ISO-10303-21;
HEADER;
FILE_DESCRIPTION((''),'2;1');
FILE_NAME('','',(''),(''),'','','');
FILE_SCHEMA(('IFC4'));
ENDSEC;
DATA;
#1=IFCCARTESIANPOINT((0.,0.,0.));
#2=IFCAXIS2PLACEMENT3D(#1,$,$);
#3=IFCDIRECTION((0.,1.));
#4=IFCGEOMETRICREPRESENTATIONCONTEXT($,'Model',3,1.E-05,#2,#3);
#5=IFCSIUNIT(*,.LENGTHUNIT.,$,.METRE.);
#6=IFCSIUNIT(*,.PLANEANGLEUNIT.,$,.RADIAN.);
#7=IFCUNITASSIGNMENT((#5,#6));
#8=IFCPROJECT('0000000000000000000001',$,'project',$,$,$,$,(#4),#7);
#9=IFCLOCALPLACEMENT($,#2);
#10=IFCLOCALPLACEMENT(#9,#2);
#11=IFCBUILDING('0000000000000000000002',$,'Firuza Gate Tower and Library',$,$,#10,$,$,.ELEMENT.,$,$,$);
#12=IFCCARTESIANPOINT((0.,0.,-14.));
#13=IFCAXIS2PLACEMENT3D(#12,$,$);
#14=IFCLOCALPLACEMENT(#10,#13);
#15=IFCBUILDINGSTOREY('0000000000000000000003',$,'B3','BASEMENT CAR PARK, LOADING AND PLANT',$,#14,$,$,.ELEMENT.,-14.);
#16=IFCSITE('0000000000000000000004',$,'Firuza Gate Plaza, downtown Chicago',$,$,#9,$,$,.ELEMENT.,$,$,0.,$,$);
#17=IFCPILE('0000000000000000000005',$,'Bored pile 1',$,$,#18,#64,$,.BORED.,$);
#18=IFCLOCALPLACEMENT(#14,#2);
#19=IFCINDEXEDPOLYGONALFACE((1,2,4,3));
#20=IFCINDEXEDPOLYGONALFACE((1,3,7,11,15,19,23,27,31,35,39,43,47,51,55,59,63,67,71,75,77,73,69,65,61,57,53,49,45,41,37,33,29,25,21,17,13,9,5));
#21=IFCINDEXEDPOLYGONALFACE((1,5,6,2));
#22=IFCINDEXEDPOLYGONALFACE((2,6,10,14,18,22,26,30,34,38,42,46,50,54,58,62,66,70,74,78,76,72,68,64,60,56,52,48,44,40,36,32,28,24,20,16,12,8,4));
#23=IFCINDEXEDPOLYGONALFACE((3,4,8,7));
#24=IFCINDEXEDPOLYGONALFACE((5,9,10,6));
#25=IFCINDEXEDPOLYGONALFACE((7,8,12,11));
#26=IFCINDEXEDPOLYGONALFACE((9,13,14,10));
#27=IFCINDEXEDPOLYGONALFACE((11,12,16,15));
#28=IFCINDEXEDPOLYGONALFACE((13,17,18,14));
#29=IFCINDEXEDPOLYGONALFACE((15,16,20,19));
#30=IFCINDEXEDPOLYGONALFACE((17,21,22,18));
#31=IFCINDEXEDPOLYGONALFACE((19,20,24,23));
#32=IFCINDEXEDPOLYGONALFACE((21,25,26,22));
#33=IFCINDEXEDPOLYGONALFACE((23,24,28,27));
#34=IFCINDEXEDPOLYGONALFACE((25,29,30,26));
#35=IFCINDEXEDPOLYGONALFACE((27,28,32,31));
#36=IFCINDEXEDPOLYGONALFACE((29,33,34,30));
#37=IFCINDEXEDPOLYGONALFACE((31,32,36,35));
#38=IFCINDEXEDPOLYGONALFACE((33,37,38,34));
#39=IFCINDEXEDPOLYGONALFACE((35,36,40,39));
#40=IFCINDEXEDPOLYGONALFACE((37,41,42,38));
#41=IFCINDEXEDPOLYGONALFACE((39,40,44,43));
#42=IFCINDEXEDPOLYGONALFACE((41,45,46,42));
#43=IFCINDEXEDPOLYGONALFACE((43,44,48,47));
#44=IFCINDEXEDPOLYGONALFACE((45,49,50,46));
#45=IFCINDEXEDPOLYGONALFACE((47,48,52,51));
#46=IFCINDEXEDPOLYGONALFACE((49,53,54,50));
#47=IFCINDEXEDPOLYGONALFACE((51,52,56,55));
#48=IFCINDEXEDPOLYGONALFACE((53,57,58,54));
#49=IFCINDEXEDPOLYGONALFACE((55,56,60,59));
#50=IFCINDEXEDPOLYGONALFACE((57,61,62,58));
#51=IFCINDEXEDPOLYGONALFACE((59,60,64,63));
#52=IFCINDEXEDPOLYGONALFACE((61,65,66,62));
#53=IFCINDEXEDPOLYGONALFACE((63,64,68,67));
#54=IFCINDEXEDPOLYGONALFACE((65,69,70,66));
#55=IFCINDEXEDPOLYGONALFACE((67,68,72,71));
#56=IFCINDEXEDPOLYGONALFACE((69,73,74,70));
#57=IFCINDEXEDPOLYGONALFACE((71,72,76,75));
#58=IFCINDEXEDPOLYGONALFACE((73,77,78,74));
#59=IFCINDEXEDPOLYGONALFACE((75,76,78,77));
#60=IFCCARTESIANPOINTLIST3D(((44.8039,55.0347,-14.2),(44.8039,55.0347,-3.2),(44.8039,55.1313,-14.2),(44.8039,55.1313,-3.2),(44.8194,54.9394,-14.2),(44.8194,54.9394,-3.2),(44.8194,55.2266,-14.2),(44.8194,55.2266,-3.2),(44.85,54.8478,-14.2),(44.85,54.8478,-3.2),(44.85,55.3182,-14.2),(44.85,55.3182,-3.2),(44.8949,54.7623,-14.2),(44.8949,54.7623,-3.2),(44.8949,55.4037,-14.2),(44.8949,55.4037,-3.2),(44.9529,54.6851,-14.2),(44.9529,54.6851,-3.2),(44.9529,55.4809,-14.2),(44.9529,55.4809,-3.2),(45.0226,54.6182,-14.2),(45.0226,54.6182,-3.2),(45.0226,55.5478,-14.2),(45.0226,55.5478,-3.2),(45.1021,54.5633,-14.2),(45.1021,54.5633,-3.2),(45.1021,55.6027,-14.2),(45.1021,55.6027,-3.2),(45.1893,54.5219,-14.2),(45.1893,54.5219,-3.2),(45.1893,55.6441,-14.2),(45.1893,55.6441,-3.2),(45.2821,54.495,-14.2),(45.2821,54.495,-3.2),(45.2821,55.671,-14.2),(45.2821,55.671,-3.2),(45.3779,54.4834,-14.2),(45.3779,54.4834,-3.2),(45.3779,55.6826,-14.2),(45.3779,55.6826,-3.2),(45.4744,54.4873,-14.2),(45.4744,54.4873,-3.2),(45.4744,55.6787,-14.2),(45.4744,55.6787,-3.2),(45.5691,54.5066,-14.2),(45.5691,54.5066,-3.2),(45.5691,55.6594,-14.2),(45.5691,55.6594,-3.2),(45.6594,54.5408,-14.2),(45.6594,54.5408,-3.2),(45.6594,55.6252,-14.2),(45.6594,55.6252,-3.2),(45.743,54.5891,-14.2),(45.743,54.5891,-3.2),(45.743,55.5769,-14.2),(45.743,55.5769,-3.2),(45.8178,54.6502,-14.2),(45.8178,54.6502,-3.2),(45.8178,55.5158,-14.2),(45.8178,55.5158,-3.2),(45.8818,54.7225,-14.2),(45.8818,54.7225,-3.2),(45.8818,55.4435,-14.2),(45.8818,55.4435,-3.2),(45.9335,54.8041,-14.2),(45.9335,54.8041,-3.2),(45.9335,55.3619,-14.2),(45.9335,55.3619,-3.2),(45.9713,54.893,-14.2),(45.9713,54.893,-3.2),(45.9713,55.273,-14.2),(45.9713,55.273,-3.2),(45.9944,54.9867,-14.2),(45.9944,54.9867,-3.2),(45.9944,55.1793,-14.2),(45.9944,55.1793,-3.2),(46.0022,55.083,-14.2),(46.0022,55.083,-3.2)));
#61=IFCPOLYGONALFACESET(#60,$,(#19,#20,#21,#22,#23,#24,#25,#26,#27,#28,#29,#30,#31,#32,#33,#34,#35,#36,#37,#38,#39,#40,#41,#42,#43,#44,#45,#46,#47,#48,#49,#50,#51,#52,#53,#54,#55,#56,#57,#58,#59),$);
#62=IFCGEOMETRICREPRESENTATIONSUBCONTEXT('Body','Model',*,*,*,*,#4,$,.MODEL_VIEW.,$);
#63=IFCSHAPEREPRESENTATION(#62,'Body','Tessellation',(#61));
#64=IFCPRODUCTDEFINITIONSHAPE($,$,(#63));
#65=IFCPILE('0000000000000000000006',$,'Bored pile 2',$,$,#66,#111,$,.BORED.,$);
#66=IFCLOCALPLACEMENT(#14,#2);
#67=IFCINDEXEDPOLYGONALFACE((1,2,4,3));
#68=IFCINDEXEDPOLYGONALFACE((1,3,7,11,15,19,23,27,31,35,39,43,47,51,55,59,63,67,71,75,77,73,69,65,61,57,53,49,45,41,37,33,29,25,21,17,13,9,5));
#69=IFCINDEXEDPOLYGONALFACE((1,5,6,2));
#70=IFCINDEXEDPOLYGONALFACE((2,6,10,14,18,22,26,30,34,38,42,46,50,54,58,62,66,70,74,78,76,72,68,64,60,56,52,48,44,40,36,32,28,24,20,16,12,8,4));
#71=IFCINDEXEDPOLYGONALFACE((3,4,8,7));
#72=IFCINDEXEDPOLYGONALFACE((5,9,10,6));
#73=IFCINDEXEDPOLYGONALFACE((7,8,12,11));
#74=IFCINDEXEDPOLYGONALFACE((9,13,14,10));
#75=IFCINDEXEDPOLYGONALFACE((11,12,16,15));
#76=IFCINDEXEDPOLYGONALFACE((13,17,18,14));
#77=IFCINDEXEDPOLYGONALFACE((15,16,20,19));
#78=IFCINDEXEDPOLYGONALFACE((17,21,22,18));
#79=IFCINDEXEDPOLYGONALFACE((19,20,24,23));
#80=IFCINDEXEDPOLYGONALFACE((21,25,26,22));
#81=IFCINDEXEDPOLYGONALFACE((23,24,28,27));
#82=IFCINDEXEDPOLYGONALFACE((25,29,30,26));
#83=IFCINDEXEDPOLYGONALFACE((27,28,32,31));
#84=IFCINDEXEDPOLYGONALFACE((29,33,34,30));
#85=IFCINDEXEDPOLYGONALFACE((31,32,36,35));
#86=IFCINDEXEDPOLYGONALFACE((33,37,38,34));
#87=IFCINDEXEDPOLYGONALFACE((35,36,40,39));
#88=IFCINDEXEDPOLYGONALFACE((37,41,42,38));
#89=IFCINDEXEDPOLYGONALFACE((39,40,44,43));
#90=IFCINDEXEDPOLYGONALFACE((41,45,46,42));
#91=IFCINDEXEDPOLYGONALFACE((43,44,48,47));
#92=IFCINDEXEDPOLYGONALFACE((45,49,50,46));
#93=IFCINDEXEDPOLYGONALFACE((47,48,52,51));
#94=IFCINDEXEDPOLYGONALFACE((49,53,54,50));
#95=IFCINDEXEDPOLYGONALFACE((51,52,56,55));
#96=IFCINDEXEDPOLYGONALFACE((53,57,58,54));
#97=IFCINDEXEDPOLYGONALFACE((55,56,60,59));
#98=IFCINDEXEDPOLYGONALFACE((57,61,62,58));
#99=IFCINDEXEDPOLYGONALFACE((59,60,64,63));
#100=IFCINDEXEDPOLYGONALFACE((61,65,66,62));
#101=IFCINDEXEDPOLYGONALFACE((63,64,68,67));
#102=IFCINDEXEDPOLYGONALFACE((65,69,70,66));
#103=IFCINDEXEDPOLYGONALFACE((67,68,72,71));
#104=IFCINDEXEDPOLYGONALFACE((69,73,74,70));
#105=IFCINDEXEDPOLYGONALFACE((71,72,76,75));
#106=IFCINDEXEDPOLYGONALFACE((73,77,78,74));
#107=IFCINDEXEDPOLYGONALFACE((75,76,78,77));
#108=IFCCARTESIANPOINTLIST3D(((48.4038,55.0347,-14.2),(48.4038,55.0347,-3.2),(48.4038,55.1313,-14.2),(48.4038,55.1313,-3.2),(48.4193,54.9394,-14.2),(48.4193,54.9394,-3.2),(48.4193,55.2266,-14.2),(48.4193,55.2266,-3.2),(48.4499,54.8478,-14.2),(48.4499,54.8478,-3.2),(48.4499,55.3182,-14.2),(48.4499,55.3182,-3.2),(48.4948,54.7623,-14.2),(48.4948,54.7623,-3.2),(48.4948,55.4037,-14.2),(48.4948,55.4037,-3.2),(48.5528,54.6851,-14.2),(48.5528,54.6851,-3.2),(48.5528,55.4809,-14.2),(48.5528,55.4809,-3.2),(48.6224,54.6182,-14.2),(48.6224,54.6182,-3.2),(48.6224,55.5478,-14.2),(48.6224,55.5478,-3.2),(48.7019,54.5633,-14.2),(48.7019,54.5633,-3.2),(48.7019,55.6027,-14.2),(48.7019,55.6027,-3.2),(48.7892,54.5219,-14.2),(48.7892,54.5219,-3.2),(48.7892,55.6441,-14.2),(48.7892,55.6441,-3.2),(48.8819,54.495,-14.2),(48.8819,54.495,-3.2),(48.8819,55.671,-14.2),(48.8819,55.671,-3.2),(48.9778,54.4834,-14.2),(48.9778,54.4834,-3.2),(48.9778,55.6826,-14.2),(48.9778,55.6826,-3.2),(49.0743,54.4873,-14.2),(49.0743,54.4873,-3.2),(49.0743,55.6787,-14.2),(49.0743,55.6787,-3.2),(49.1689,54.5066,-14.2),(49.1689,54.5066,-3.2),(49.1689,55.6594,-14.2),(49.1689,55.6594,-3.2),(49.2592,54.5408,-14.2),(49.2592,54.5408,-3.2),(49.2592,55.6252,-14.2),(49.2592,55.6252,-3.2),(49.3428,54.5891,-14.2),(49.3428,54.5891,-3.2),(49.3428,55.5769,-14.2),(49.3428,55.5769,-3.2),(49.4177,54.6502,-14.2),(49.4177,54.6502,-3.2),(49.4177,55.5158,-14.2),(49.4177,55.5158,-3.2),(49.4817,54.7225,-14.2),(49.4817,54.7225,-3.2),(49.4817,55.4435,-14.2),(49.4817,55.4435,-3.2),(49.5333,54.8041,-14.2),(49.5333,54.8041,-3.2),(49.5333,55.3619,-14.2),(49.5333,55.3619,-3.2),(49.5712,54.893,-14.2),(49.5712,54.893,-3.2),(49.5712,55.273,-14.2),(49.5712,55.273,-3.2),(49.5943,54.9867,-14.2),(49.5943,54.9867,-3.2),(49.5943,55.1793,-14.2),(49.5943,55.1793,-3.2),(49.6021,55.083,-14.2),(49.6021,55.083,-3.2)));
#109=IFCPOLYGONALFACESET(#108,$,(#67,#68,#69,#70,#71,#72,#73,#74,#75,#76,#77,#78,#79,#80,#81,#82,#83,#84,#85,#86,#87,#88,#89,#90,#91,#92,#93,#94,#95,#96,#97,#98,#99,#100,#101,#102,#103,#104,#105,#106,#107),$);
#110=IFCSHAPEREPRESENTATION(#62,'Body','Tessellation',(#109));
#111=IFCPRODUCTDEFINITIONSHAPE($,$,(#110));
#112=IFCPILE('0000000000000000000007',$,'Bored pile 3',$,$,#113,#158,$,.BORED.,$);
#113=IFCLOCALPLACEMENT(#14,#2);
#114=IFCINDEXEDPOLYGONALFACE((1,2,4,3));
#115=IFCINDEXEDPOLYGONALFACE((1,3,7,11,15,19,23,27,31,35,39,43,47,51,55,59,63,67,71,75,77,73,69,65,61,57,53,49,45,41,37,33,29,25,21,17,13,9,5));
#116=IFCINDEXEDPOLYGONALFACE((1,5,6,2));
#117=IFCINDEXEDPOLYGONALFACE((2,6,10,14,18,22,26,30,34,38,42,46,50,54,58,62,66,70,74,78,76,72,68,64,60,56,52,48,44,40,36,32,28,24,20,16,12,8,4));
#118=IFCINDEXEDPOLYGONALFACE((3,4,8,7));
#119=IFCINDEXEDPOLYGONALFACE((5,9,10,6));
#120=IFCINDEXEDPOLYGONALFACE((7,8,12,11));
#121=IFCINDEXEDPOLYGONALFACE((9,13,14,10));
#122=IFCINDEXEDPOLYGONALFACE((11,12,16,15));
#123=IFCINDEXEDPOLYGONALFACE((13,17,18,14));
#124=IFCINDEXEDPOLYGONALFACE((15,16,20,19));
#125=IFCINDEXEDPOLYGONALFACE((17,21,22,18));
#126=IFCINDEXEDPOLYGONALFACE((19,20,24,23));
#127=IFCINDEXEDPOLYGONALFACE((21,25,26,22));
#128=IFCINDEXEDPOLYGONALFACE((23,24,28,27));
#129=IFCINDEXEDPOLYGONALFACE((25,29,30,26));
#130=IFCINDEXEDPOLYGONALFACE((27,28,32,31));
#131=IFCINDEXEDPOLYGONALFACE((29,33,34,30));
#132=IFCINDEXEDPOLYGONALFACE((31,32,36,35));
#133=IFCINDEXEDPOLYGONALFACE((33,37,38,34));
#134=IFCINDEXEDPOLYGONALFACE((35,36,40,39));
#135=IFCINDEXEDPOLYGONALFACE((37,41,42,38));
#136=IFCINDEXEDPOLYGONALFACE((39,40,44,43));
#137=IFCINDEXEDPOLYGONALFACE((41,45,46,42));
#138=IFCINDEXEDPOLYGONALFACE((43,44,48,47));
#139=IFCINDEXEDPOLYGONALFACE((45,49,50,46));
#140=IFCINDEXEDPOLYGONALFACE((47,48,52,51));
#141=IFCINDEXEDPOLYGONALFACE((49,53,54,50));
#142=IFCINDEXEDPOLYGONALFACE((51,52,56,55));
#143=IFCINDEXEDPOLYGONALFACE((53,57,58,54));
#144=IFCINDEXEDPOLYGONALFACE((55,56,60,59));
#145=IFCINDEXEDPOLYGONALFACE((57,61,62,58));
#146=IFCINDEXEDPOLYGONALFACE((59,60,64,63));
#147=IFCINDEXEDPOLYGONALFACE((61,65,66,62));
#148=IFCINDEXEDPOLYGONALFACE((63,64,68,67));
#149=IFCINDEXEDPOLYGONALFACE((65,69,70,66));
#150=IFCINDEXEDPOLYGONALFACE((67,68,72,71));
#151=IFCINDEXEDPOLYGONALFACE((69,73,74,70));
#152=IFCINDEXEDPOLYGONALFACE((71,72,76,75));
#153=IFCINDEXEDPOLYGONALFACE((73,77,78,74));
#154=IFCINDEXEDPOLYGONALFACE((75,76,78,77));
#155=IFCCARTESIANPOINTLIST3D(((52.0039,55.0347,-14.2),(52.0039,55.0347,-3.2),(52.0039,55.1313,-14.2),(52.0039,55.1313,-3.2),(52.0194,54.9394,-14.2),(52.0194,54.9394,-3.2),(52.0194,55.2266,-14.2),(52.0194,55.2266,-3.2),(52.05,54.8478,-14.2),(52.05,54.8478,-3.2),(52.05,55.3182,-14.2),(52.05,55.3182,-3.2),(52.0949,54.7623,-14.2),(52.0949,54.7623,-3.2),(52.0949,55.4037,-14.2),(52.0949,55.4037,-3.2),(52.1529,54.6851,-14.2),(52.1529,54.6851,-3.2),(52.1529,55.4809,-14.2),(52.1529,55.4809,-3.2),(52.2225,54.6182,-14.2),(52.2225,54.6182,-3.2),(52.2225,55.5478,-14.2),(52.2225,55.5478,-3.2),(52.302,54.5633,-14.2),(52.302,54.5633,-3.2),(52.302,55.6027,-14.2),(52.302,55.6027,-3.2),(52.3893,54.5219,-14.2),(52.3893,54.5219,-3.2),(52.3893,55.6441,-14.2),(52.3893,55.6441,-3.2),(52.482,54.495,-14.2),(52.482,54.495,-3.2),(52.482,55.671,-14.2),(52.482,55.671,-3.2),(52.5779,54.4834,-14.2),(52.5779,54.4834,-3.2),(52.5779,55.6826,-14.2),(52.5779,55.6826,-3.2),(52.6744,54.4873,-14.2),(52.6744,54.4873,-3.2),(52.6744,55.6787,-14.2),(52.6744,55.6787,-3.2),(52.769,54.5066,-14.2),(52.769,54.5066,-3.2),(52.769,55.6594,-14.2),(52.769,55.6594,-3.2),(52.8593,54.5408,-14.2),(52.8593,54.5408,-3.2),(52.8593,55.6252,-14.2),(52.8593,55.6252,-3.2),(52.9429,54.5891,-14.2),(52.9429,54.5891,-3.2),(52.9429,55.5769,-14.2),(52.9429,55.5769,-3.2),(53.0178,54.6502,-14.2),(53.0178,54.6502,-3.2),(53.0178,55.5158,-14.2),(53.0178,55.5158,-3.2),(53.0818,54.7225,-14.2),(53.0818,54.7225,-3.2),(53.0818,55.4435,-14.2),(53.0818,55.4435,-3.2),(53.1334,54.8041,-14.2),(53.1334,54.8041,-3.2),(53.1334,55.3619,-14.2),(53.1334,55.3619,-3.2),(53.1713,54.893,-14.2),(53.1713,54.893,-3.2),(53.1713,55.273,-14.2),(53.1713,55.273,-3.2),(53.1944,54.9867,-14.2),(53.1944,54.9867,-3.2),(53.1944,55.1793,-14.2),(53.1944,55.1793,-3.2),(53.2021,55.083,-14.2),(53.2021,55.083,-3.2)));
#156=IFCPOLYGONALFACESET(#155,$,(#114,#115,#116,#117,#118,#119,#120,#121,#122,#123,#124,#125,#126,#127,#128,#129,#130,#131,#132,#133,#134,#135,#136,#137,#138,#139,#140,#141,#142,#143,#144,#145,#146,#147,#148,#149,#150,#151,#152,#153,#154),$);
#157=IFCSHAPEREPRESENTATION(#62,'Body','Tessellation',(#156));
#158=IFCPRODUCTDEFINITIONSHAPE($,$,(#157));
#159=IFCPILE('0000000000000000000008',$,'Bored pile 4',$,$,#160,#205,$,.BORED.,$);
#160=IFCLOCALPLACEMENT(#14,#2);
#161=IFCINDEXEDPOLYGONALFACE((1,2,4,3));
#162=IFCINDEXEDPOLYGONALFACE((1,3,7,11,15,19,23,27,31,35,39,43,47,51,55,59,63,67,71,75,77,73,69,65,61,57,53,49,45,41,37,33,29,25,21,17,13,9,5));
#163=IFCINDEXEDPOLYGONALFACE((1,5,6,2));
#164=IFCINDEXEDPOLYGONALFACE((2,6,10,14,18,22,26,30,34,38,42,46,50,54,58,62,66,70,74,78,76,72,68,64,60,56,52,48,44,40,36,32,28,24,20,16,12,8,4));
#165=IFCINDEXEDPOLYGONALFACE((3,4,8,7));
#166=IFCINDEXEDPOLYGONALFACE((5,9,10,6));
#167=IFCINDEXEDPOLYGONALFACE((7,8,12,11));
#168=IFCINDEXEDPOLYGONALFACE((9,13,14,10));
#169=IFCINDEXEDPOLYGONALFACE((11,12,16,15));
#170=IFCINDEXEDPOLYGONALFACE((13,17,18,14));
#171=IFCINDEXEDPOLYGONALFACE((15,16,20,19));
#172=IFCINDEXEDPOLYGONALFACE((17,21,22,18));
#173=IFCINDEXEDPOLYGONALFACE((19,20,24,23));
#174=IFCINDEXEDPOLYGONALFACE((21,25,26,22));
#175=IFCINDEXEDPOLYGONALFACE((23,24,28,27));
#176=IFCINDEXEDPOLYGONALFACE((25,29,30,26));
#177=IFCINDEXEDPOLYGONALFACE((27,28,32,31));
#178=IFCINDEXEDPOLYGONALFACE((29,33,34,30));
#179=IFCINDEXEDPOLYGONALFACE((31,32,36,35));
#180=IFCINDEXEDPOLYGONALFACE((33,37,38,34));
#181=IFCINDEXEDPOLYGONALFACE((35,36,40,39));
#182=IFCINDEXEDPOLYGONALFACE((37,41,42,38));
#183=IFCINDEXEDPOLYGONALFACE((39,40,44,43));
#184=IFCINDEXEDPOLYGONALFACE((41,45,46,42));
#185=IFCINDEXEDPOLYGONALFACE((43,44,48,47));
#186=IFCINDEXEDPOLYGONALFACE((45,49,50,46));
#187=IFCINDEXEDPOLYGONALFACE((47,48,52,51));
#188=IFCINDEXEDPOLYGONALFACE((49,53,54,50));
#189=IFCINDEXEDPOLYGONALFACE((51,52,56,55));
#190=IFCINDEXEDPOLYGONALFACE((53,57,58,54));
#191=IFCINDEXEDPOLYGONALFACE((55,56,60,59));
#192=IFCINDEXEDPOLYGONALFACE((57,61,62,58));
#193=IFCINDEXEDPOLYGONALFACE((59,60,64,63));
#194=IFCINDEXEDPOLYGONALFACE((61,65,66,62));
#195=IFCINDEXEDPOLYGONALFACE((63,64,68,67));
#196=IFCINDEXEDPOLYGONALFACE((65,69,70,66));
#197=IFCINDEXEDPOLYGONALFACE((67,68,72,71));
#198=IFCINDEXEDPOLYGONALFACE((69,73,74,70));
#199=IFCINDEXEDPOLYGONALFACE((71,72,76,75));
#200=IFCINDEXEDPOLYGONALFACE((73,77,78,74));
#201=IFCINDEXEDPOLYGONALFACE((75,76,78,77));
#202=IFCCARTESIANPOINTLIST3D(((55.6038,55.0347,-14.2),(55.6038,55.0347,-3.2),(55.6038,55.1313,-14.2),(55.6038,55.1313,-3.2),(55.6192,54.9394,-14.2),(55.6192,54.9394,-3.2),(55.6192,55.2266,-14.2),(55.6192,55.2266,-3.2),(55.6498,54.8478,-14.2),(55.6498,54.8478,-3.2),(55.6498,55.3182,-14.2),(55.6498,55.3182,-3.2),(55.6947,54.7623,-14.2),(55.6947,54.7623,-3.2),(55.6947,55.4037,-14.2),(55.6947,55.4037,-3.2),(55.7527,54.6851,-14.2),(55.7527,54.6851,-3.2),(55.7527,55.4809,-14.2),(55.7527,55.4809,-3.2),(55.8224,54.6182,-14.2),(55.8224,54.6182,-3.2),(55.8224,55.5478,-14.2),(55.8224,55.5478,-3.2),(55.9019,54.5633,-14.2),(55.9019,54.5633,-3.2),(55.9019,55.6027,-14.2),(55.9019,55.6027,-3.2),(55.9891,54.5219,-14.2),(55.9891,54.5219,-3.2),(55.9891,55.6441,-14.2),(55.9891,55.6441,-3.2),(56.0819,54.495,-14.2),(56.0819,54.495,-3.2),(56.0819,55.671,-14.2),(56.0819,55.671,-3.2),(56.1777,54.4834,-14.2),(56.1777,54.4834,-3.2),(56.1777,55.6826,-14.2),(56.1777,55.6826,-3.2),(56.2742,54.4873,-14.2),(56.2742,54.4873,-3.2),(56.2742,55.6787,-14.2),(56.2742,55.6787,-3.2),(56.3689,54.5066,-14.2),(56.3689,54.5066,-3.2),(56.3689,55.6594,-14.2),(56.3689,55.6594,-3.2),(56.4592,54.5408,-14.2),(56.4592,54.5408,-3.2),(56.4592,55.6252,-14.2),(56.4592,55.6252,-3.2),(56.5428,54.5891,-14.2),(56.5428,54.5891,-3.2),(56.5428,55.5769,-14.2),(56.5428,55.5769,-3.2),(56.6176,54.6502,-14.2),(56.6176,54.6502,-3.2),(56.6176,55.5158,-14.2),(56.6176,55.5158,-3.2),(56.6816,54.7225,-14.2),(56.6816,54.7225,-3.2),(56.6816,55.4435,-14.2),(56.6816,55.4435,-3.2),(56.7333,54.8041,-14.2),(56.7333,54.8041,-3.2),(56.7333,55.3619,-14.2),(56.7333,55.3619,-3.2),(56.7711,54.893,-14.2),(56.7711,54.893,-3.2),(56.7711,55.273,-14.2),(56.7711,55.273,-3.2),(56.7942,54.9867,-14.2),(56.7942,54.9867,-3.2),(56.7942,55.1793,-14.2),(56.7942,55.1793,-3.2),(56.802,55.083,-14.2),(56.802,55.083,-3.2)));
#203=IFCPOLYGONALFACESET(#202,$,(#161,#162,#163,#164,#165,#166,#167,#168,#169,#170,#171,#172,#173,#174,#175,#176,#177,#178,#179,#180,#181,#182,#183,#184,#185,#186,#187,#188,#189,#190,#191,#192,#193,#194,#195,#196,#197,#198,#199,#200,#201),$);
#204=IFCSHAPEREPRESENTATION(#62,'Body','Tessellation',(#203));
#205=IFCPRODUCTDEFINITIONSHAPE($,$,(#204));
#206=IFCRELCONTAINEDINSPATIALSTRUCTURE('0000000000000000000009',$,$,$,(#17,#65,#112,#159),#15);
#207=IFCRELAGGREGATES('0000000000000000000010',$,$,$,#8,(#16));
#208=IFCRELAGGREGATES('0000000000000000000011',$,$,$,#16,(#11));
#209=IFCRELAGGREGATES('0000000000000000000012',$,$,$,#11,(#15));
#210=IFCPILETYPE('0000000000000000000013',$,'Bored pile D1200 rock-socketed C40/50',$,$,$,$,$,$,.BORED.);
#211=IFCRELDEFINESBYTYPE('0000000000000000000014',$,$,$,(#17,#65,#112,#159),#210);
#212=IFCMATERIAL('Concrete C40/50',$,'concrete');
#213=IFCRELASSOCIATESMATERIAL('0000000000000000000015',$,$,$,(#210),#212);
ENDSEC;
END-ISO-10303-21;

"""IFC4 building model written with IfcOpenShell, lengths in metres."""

from ifc_helpers import new_model, si_unit, direction, frame, origin, origin_2d, place, context, subcontext, project, spatial, circle, extrude, material, material_profile, profile_set, type_object, element, save


model = new_model("IFC4")

# Units and contexts
model_context = context("Model", 3, precision=1e-05, world=origin(), true_north=direction((0.0, 1.0)))
body_context = subcontext(model_context, "Body", "Model", "MODEL_VIEW")
ifc_project = project(units=[si_unit("LENGTHUNIT", "METRE"), si_unit("PLANEANGLEUNIT", "RADIAN")], contexts=[model_context])

# Site, building, storey
site_placement = place(None, origin())
site = spatial("IfcSite", under=ifc_project, at=site_placement, Name="Firuza Gate Plaza, downtown Chicago", CompositionType="ELEMENT", RefElevation=0.0)
building_placement = place(site_placement, origin())
building = spatial("IfcBuilding", under=site, at=building_placement, Name="Firuza Gate Tower and Library", CompositionType="ELEMENT")
storey_placement = place(building_placement, frame((0.0, 0.0, -14.0)))
storey = spatial("IfcBuildingStorey", under=building, at=storey_placement, Name="B3", Description="BASEMENT CAR PARK, LOADING AND PLANT", CompositionType="ELEMENT", Elevation=-14.0)

# Piles
ifc_material_1 = material(Name="Concrete C40/50", Category="concrete")
ifc_material_profile = material_profile(ifc_material_1, circle(Radius=0.6001, at=origin_2d()))
ifc_profile_set = profile_set([ifc_material_profile], Name="Concrete C40/50")
pile_type = type_object("IfcPileType", Name="Bored pile D1200 rock-socketed C40/50", PredefinedType="BORED", material=ifc_profile_set)
for number, where, z_axis, x_axis, name in (
    (1, (45.4021, 55.083, -3.2), (0.0, 0.0, -1.0), (1.0, 0.0, 0.0), "Bored pile 1"),
    (2, (49.002, 55.083, -3.2), (0.0, 0.0, -1.0), (1.0, 0.0, 0.0), "Bored pile 2"),
    (3, (52.6021, 55.083, -3.2), (0.0, 0.0, -1.0), (1.0, 0.0, 0.0), "Bored pile 3"),
    (4, (56.2019, 55.083, -3.2), (0.0, 0.0, -1.0), (1.0, 0.0, 0.0), "Bored pile 4"),
):
    element("IfcPile", number, at=place(storey_placement, frame(where, z_axis=z_axis, x_axis=x_axis)), inside=storey, type_object=pile_type, Name=name, PredefinedType="BORED", context=body_context, shape_type="SweptSolid", body=[
        extrude(circle(Radius=0.6001, at=origin_2d()), origin(), (0.0, 0.0, 1.0), 11.0),
    ])

save(model, "model.ifc")
